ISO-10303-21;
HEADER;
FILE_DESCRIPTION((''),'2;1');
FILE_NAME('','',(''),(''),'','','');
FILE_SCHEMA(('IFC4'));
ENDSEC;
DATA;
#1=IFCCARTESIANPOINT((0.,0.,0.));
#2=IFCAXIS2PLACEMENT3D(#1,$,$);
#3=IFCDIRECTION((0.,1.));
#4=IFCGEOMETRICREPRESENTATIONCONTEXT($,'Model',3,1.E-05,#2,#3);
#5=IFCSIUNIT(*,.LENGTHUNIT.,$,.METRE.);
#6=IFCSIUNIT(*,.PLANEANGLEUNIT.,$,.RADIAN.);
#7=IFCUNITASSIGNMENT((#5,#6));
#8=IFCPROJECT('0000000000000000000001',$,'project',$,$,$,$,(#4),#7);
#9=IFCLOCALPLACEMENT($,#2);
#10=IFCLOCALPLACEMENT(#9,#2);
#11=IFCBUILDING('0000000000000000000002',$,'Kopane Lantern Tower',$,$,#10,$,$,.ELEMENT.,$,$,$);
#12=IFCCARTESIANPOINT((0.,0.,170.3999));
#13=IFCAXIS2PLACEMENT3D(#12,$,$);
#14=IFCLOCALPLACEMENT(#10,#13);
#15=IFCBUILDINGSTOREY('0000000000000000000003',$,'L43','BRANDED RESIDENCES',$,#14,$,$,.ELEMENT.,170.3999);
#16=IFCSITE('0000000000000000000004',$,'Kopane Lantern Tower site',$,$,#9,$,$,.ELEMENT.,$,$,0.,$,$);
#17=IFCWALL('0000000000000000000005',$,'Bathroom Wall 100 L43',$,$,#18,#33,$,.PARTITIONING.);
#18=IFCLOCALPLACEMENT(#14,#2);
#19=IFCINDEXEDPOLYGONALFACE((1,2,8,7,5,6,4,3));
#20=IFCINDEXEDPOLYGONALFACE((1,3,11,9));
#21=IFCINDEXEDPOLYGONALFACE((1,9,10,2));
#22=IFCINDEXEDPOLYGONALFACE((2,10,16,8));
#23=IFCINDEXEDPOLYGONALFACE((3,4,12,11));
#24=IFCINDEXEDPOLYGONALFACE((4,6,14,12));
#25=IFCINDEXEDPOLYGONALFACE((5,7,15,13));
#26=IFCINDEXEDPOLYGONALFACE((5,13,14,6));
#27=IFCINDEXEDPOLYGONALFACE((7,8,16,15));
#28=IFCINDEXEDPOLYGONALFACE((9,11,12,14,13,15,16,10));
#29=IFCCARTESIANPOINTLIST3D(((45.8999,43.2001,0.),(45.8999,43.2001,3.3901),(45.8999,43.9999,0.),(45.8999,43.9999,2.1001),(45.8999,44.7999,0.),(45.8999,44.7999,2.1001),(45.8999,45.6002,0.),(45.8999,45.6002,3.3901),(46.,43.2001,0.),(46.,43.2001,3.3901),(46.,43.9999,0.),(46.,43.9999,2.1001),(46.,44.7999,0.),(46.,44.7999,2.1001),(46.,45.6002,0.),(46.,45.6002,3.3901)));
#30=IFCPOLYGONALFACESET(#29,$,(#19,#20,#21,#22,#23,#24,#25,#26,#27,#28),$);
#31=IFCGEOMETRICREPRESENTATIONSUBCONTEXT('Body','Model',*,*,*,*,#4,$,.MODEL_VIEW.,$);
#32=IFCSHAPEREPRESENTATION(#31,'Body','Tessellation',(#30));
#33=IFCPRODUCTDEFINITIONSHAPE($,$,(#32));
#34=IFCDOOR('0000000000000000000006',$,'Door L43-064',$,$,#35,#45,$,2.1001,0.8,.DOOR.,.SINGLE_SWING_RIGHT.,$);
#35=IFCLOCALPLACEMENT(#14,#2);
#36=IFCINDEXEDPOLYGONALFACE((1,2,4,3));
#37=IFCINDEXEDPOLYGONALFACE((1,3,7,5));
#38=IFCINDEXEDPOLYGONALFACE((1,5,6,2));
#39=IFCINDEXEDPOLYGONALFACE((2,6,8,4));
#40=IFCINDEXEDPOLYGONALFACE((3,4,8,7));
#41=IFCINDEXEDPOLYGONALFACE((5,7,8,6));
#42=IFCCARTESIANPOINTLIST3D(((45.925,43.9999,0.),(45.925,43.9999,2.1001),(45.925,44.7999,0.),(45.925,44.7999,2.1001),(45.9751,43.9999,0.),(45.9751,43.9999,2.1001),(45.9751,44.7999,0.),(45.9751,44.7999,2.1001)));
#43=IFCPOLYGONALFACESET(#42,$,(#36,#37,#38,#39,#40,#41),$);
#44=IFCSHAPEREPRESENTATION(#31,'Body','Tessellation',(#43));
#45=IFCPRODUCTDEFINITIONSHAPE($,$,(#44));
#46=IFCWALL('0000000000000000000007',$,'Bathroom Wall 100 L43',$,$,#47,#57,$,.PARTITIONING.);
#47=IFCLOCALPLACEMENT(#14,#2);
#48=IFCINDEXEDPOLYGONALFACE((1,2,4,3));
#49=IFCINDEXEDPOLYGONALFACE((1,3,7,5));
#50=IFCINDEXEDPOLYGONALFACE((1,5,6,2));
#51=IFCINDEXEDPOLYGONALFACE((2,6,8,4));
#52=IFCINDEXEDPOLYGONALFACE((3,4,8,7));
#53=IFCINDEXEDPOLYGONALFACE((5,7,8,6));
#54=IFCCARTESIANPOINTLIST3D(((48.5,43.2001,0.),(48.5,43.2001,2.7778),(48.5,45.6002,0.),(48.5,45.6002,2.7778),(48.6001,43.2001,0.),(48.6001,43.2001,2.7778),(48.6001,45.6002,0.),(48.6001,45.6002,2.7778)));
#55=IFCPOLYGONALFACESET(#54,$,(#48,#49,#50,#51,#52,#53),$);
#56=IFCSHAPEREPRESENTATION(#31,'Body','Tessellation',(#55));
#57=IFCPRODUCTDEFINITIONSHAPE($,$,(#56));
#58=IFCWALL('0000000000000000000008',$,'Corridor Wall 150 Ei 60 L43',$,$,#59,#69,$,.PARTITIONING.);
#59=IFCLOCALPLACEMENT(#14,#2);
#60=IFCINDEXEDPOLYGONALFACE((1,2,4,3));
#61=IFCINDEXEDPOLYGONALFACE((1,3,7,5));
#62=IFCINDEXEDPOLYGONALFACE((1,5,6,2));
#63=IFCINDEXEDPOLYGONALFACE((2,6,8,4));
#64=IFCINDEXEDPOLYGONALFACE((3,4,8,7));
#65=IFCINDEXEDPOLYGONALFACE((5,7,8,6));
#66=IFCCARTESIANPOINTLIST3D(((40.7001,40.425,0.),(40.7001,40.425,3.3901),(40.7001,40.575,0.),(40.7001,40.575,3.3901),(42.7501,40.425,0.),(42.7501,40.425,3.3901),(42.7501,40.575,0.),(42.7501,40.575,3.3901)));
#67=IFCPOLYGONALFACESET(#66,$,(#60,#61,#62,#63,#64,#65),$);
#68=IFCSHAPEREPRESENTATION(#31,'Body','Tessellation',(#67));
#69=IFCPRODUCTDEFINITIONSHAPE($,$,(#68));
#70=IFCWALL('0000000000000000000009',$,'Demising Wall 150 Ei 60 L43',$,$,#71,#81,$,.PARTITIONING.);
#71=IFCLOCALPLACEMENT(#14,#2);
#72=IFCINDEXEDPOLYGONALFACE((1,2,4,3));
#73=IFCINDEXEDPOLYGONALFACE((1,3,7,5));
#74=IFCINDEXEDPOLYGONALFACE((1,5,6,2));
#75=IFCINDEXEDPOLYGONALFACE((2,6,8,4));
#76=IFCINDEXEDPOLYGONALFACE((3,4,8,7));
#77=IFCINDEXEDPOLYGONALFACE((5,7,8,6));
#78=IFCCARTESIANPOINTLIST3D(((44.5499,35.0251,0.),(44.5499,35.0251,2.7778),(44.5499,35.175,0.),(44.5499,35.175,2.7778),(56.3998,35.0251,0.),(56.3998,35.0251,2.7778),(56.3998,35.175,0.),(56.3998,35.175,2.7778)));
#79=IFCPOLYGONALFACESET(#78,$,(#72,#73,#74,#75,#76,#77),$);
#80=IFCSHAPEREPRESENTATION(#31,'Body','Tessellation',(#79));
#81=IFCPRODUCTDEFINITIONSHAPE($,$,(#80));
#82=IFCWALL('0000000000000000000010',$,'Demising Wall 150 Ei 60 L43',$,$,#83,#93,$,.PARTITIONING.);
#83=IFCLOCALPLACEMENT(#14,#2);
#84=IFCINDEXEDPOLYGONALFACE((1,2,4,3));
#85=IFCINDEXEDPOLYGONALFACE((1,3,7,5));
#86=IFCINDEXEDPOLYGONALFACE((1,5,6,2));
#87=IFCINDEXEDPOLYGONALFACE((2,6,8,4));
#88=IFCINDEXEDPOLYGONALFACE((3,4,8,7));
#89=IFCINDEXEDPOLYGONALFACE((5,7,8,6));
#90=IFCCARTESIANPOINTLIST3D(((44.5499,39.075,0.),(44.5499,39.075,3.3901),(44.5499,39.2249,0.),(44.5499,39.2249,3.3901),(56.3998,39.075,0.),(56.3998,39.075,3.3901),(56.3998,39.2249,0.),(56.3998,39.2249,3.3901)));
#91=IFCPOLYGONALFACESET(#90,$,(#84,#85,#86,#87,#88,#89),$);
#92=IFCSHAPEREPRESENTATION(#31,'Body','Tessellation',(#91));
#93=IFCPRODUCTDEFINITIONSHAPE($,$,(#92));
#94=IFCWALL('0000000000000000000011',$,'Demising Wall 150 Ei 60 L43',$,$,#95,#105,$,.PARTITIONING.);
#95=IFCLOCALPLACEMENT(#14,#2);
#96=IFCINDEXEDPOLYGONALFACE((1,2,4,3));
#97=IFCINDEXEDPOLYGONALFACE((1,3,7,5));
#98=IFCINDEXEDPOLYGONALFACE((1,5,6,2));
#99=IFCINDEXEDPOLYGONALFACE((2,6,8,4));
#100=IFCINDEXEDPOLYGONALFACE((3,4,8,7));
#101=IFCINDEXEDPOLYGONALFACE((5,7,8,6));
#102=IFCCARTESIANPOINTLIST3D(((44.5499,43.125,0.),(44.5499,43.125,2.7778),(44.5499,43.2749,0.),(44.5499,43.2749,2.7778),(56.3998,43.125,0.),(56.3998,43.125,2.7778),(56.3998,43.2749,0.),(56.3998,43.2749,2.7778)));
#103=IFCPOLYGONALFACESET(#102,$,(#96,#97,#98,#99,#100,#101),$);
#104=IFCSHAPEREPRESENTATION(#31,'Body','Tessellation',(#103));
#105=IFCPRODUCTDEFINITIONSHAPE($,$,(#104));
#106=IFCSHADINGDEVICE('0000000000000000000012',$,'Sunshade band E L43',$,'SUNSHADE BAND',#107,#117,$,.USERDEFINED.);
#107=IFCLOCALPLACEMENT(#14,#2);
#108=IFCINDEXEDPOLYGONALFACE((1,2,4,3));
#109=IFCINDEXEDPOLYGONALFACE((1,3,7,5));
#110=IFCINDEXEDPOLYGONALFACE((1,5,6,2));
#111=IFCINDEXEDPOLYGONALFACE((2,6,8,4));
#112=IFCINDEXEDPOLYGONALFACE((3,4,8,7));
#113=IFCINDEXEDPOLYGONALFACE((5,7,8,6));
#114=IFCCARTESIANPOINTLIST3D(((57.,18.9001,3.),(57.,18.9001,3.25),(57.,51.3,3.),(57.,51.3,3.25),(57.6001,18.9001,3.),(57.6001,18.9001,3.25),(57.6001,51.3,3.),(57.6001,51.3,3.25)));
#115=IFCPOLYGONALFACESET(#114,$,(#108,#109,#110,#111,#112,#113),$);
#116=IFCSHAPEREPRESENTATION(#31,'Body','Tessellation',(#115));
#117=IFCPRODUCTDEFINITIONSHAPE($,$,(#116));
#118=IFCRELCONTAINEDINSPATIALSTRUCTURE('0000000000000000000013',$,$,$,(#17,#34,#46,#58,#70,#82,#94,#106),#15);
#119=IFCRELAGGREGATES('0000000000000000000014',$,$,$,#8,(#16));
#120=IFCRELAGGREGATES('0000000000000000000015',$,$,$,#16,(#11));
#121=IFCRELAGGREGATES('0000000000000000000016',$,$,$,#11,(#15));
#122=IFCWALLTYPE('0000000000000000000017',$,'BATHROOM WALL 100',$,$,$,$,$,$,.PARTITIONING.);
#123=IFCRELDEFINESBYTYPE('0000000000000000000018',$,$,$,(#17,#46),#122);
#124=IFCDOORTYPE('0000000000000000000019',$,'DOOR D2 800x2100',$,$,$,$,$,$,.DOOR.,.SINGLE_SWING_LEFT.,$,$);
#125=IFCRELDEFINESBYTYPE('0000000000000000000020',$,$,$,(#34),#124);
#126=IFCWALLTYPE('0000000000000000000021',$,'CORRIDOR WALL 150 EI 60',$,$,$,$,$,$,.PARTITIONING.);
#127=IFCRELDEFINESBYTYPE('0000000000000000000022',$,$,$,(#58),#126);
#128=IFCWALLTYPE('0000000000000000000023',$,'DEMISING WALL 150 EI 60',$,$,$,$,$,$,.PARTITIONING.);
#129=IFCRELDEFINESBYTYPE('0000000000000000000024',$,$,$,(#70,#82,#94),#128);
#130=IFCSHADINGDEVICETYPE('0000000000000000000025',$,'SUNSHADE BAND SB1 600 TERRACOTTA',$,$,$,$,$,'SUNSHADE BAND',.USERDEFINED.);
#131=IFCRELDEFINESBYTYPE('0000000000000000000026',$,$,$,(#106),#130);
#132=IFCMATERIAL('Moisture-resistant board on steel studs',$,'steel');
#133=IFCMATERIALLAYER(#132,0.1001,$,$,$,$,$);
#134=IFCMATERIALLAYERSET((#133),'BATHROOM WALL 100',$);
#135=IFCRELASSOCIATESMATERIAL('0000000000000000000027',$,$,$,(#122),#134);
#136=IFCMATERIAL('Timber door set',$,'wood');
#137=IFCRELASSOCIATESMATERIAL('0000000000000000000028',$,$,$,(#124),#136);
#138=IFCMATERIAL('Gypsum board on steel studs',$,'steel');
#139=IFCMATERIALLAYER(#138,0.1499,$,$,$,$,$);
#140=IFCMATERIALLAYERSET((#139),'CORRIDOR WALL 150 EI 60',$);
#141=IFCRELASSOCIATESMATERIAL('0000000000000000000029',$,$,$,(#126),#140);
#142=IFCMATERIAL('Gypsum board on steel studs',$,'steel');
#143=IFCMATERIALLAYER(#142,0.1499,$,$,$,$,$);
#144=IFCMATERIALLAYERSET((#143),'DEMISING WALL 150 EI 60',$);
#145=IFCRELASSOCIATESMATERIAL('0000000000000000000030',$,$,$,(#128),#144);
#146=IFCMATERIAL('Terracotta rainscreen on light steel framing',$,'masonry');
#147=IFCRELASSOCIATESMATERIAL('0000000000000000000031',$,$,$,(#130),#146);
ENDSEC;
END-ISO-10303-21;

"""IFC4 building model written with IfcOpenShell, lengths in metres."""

from ifc_helpers import new_model, si_unit, direction, frame, frame_2d, origin, origin_2d, place, context, subcontext, project, spatial, rectangle, extrude, material, layer, layer_set, type_object, element, fill, save


model = new_model("IFC4")

# Units and contexts
model_context = context("Model", 3, precision=1e-05, world=origin(), true_north=direction((0.0, 1.0)))
body_context = subcontext(model_context, "Body", "Model", "MODEL_VIEW")
ifc_project = project(units=[si_unit("LENGTHUNIT", "METRE"), si_unit("PLANEANGLEUNIT", "RADIAN")], contexts=[model_context])

# Site, building, storey
site_placement = place(None, origin())
site = spatial("IfcSite", under=ifc_project, at=site_placement, Name="Kopane Lantern Tower site", CompositionType="ELEMENT", RefElevation=0.0)
building_placement = place(site_placement, origin())
building = spatial("IfcBuilding", under=site, at=building_placement, Name="Kopane Lantern Tower", CompositionType="ELEMENT")
storey_placement = place(building_placement, frame((0.0, 0.0, 170.3999)))
storey = spatial("IfcBuildingStorey", under=building, at=storey_placement, Name="L43", Description="BRANDED RESIDENCES", CompositionType="ELEMENT", Elevation=170.3999)

# Shared definitions
ifc_material_1 = material(Name="Moisture-resistant board on steel studs", Category="steel")
ifc_layer_1 = layer(ifc_material_1, 0.1001)
ifc_layer_set_1 = layer_set([ifc_layer_1], Name="BATHROOM WALL 100")
wall_type_1 = type_object("IfcWallType", Name="BATHROOM WALL 100", PredefinedType="PARTITIONING", material=ifc_layer_set_1)
ifc_material_2 = material(Name="Timber door set", Category="wood")
door_type = type_object("IfcDoorType", Name="DOOR D2 800x2100", OperationType="SINGLE_SWING_LEFT", PredefinedType="DOOR", material=ifc_material_2)

# Wall, opening, door
wall_1_placement = place(storey_placement, frame((45.95, 43.2, 0.0), z_axis=(0.0, 0.0, 1.0), x_axis=(0.0, 1.0, 0.0)))
wall_1 = element("IfcWall", 1, at=wall_1_placement, inside=storey, type_object=wall_type_1, Name="Bathroom Wall 100 L43", PredefinedType="PARTITIONING", context=body_context, shape_type="SweptSolid", body=[
    extrude(rectangle(XDim=2.4001, YDim=0.1001, at=frame_2d((1.2002, 0.0))), origin(), (0.0, 0.0, 1.0), 3.3901),
])
opening_1_placement = place(wall_1_placement, frame((0.8, 0.0, 0.0)))
opening_1 = element("IfcOpeningElement", 2, at=opening_1_placement, cuts=wall_1, PredefinedType="OPENING", context=body_context, shape_type="SweptSolid", body=[
    extrude(rectangle(XDim=0.8, YDim=2.1001, at=frame_2d((0.3999, 1.05))), frame((0.0, 0.0601, 0.0), z_axis=(0.0, -1.0, 0.0), x_axis=(1.0, 0.0, 0.0)), (0.0, 0.0, 1.0), 0.1201),
])
door_1_placement = place(opening_1_placement, origin())
door_1 = element("IfcDoor", 3, at=door_1_placement, inside=storey, type_object=door_type, Name="Door L43-064", OperationType="SINGLE_SWING_RIGHT", OverallHeight=2.1001, OverallWidth=0.8, PredefinedType="DOOR", context=body_context, shape_type="SweptSolid", body=[
    extrude(rectangle(XDim=0.8, YDim=2.1001, at=frame_2d((0.3999, 1.05))), frame((0.0, 0.0249, 0.0), z_axis=(0.0, -1.0, 0.0), x_axis=(1.0, 0.0, 0.0)), (0.0, 0.0, 1.0), 0.05),
])
fill(opening_1, door_1)

# Walls
wall_2_placement = place(storey_placement, frame((48.55, 43.2, 0.0), z_axis=(0.0, 0.0, 1.0), x_axis=(0.0, 1.0, 0.0)))
element("IfcWall", 4, at=wall_2_placement, inside=storey, type_object=wall_type_1, Name="Bathroom Wall 100 L43", PredefinedType="PARTITIONING", context=body_context, shape_type="SweptSolid", body=[
    extrude(rectangle(XDim=2.4001, YDim=0.1001, at=frame_2d((1.2002, 0.0))), origin(), (0.0, 0.0, 1.0), 2.7778),
])
ifc_material_3 = material(Name="Gypsum board on steel studs", Category="steel")
ifc_layer_2 = layer(ifc_material_3, 0.1499)
ifc_layer_set_2 = layer_set([ifc_layer_2], Name="CORRIDOR WALL 150 EI 60")
wall_type_2 = type_object("IfcWallType", Name="CORRIDOR WALL 150 EI 60", PredefinedType="PARTITIONING", material=ifc_layer_set_2)
wall_3_placement = place(storey_placement, frame((42.75, 40.5, 0.0), z_axis=(0.0, 0.0, 1.0), x_axis=(-1.0, 0.0, 0.0)))
element("IfcWall", 5, at=wall_3_placement, inside=storey, type_object=wall_type_2, Name="Corridor Wall 150 Ei 60 L43", PredefinedType="PARTITIONING", context=body_context, shape_type="SweptSolid", body=[
    extrude(rectangle(XDim=2.05, YDim=0.1499, at=frame_2d((1.0249, 0.0))), origin(), (0.0, 0.0, 1.0), 3.3901),
])
ifc_material_4 = material(Name="Gypsum board on steel studs", Category="steel")
ifc_layer_3 = layer(ifc_material_4, 0.1499)
ifc_layer_set_3 = layer_set([ifc_layer_3], Name="DEMISING WALL 150 EI 60")
wall_type_3 = type_object("IfcWallType", Name="DEMISING WALL 150 EI 60", PredefinedType="PARTITIONING", material=ifc_layer_set_3)
wall_4_placement = place(storey_placement, frame((44.55, 35.1001, 0.0), z_axis=(0.0, 0.0, 1.0), x_axis=(1.0, 0.0, 0.0)))
element("IfcWall", 6, at=wall_4_placement, inside=storey, type_object=wall_type_3, Name="Demising Wall 150 Ei 60 L43", PredefinedType="PARTITIONING", context=body_context, shape_type="SweptSolid", body=[
    extrude(rectangle(XDim=11.8499, YDim=0.1499, at=frame_2d((5.9248, 0.0))), origin(), (0.0, 0.0, 1.0), 2.7778),
])
wall_5_placement = place(storey_placement, frame((44.55, 39.1499, 0.0), z_axis=(0.0, 0.0, 1.0), x_axis=(1.0, 0.0, 0.0)))
element("IfcWall", 7, at=wall_5_placement, inside=storey, type_object=wall_type_3, Name="Demising Wall 150 Ei 60 L43", PredefinedType="PARTITIONING", context=body_context, shape_type="SweptSolid", body=[
    extrude(rectangle(XDim=11.8499, YDim=0.1499, at=frame_2d((5.9248, 0.0))), origin(), (0.0, 0.0, 1.0), 3.3901),
])
wall_6_placement = place(storey_placement, frame((44.55, 43.2, 0.0), z_axis=(0.0, 0.0, 1.0), x_axis=(1.0, 0.0, 0.0)))
element("IfcWall", 8, at=wall_6_placement, inside=storey, type_object=wall_type_3, Name="Demising Wall 150 Ei 60 L43", PredefinedType="PARTITIONING", context=body_context, shape_type="SweptSolid", body=[
    extrude(rectangle(XDim=11.8499, YDim=0.1499, at=frame_2d((5.9248, 0.0))), origin(), (0.0, 0.0, 1.0), 2.7778),
])

# Shading device
ifc_material_5 = material(Name="Terracotta rainscreen on light steel framing", Category="masonry")
shading_device_type = type_object("IfcShadingDeviceType", Name="SUNSHADE BAND SB1 600 TERRACOTTA", ElementType="SUNSHADE BAND", PredefinedType="USERDEFINED", material=ifc_material_5)
shading_device_placement = place(storey_placement, frame((57.3, 35.1001, 3.0), z_axis=(0.0, 0.0, 1.0), x_axis=(0.0, 1.0, 0.0)))
element("IfcShadingDevice", 9, at=shading_device_placement, inside=storey, type_object=shading_device_type, Name="Sunshade band E L43", ObjectType="SUNSHADE BAND", PredefinedType="USERDEFINED", context=body_context, shape_type="SweptSolid", body=[
    extrude(rectangle(XDim=32.3999, YDim=0.6001, at=origin_2d()), origin(), (0.0, 0.0, 1.0), 0.25),
])

save(model, "model.ifc")
